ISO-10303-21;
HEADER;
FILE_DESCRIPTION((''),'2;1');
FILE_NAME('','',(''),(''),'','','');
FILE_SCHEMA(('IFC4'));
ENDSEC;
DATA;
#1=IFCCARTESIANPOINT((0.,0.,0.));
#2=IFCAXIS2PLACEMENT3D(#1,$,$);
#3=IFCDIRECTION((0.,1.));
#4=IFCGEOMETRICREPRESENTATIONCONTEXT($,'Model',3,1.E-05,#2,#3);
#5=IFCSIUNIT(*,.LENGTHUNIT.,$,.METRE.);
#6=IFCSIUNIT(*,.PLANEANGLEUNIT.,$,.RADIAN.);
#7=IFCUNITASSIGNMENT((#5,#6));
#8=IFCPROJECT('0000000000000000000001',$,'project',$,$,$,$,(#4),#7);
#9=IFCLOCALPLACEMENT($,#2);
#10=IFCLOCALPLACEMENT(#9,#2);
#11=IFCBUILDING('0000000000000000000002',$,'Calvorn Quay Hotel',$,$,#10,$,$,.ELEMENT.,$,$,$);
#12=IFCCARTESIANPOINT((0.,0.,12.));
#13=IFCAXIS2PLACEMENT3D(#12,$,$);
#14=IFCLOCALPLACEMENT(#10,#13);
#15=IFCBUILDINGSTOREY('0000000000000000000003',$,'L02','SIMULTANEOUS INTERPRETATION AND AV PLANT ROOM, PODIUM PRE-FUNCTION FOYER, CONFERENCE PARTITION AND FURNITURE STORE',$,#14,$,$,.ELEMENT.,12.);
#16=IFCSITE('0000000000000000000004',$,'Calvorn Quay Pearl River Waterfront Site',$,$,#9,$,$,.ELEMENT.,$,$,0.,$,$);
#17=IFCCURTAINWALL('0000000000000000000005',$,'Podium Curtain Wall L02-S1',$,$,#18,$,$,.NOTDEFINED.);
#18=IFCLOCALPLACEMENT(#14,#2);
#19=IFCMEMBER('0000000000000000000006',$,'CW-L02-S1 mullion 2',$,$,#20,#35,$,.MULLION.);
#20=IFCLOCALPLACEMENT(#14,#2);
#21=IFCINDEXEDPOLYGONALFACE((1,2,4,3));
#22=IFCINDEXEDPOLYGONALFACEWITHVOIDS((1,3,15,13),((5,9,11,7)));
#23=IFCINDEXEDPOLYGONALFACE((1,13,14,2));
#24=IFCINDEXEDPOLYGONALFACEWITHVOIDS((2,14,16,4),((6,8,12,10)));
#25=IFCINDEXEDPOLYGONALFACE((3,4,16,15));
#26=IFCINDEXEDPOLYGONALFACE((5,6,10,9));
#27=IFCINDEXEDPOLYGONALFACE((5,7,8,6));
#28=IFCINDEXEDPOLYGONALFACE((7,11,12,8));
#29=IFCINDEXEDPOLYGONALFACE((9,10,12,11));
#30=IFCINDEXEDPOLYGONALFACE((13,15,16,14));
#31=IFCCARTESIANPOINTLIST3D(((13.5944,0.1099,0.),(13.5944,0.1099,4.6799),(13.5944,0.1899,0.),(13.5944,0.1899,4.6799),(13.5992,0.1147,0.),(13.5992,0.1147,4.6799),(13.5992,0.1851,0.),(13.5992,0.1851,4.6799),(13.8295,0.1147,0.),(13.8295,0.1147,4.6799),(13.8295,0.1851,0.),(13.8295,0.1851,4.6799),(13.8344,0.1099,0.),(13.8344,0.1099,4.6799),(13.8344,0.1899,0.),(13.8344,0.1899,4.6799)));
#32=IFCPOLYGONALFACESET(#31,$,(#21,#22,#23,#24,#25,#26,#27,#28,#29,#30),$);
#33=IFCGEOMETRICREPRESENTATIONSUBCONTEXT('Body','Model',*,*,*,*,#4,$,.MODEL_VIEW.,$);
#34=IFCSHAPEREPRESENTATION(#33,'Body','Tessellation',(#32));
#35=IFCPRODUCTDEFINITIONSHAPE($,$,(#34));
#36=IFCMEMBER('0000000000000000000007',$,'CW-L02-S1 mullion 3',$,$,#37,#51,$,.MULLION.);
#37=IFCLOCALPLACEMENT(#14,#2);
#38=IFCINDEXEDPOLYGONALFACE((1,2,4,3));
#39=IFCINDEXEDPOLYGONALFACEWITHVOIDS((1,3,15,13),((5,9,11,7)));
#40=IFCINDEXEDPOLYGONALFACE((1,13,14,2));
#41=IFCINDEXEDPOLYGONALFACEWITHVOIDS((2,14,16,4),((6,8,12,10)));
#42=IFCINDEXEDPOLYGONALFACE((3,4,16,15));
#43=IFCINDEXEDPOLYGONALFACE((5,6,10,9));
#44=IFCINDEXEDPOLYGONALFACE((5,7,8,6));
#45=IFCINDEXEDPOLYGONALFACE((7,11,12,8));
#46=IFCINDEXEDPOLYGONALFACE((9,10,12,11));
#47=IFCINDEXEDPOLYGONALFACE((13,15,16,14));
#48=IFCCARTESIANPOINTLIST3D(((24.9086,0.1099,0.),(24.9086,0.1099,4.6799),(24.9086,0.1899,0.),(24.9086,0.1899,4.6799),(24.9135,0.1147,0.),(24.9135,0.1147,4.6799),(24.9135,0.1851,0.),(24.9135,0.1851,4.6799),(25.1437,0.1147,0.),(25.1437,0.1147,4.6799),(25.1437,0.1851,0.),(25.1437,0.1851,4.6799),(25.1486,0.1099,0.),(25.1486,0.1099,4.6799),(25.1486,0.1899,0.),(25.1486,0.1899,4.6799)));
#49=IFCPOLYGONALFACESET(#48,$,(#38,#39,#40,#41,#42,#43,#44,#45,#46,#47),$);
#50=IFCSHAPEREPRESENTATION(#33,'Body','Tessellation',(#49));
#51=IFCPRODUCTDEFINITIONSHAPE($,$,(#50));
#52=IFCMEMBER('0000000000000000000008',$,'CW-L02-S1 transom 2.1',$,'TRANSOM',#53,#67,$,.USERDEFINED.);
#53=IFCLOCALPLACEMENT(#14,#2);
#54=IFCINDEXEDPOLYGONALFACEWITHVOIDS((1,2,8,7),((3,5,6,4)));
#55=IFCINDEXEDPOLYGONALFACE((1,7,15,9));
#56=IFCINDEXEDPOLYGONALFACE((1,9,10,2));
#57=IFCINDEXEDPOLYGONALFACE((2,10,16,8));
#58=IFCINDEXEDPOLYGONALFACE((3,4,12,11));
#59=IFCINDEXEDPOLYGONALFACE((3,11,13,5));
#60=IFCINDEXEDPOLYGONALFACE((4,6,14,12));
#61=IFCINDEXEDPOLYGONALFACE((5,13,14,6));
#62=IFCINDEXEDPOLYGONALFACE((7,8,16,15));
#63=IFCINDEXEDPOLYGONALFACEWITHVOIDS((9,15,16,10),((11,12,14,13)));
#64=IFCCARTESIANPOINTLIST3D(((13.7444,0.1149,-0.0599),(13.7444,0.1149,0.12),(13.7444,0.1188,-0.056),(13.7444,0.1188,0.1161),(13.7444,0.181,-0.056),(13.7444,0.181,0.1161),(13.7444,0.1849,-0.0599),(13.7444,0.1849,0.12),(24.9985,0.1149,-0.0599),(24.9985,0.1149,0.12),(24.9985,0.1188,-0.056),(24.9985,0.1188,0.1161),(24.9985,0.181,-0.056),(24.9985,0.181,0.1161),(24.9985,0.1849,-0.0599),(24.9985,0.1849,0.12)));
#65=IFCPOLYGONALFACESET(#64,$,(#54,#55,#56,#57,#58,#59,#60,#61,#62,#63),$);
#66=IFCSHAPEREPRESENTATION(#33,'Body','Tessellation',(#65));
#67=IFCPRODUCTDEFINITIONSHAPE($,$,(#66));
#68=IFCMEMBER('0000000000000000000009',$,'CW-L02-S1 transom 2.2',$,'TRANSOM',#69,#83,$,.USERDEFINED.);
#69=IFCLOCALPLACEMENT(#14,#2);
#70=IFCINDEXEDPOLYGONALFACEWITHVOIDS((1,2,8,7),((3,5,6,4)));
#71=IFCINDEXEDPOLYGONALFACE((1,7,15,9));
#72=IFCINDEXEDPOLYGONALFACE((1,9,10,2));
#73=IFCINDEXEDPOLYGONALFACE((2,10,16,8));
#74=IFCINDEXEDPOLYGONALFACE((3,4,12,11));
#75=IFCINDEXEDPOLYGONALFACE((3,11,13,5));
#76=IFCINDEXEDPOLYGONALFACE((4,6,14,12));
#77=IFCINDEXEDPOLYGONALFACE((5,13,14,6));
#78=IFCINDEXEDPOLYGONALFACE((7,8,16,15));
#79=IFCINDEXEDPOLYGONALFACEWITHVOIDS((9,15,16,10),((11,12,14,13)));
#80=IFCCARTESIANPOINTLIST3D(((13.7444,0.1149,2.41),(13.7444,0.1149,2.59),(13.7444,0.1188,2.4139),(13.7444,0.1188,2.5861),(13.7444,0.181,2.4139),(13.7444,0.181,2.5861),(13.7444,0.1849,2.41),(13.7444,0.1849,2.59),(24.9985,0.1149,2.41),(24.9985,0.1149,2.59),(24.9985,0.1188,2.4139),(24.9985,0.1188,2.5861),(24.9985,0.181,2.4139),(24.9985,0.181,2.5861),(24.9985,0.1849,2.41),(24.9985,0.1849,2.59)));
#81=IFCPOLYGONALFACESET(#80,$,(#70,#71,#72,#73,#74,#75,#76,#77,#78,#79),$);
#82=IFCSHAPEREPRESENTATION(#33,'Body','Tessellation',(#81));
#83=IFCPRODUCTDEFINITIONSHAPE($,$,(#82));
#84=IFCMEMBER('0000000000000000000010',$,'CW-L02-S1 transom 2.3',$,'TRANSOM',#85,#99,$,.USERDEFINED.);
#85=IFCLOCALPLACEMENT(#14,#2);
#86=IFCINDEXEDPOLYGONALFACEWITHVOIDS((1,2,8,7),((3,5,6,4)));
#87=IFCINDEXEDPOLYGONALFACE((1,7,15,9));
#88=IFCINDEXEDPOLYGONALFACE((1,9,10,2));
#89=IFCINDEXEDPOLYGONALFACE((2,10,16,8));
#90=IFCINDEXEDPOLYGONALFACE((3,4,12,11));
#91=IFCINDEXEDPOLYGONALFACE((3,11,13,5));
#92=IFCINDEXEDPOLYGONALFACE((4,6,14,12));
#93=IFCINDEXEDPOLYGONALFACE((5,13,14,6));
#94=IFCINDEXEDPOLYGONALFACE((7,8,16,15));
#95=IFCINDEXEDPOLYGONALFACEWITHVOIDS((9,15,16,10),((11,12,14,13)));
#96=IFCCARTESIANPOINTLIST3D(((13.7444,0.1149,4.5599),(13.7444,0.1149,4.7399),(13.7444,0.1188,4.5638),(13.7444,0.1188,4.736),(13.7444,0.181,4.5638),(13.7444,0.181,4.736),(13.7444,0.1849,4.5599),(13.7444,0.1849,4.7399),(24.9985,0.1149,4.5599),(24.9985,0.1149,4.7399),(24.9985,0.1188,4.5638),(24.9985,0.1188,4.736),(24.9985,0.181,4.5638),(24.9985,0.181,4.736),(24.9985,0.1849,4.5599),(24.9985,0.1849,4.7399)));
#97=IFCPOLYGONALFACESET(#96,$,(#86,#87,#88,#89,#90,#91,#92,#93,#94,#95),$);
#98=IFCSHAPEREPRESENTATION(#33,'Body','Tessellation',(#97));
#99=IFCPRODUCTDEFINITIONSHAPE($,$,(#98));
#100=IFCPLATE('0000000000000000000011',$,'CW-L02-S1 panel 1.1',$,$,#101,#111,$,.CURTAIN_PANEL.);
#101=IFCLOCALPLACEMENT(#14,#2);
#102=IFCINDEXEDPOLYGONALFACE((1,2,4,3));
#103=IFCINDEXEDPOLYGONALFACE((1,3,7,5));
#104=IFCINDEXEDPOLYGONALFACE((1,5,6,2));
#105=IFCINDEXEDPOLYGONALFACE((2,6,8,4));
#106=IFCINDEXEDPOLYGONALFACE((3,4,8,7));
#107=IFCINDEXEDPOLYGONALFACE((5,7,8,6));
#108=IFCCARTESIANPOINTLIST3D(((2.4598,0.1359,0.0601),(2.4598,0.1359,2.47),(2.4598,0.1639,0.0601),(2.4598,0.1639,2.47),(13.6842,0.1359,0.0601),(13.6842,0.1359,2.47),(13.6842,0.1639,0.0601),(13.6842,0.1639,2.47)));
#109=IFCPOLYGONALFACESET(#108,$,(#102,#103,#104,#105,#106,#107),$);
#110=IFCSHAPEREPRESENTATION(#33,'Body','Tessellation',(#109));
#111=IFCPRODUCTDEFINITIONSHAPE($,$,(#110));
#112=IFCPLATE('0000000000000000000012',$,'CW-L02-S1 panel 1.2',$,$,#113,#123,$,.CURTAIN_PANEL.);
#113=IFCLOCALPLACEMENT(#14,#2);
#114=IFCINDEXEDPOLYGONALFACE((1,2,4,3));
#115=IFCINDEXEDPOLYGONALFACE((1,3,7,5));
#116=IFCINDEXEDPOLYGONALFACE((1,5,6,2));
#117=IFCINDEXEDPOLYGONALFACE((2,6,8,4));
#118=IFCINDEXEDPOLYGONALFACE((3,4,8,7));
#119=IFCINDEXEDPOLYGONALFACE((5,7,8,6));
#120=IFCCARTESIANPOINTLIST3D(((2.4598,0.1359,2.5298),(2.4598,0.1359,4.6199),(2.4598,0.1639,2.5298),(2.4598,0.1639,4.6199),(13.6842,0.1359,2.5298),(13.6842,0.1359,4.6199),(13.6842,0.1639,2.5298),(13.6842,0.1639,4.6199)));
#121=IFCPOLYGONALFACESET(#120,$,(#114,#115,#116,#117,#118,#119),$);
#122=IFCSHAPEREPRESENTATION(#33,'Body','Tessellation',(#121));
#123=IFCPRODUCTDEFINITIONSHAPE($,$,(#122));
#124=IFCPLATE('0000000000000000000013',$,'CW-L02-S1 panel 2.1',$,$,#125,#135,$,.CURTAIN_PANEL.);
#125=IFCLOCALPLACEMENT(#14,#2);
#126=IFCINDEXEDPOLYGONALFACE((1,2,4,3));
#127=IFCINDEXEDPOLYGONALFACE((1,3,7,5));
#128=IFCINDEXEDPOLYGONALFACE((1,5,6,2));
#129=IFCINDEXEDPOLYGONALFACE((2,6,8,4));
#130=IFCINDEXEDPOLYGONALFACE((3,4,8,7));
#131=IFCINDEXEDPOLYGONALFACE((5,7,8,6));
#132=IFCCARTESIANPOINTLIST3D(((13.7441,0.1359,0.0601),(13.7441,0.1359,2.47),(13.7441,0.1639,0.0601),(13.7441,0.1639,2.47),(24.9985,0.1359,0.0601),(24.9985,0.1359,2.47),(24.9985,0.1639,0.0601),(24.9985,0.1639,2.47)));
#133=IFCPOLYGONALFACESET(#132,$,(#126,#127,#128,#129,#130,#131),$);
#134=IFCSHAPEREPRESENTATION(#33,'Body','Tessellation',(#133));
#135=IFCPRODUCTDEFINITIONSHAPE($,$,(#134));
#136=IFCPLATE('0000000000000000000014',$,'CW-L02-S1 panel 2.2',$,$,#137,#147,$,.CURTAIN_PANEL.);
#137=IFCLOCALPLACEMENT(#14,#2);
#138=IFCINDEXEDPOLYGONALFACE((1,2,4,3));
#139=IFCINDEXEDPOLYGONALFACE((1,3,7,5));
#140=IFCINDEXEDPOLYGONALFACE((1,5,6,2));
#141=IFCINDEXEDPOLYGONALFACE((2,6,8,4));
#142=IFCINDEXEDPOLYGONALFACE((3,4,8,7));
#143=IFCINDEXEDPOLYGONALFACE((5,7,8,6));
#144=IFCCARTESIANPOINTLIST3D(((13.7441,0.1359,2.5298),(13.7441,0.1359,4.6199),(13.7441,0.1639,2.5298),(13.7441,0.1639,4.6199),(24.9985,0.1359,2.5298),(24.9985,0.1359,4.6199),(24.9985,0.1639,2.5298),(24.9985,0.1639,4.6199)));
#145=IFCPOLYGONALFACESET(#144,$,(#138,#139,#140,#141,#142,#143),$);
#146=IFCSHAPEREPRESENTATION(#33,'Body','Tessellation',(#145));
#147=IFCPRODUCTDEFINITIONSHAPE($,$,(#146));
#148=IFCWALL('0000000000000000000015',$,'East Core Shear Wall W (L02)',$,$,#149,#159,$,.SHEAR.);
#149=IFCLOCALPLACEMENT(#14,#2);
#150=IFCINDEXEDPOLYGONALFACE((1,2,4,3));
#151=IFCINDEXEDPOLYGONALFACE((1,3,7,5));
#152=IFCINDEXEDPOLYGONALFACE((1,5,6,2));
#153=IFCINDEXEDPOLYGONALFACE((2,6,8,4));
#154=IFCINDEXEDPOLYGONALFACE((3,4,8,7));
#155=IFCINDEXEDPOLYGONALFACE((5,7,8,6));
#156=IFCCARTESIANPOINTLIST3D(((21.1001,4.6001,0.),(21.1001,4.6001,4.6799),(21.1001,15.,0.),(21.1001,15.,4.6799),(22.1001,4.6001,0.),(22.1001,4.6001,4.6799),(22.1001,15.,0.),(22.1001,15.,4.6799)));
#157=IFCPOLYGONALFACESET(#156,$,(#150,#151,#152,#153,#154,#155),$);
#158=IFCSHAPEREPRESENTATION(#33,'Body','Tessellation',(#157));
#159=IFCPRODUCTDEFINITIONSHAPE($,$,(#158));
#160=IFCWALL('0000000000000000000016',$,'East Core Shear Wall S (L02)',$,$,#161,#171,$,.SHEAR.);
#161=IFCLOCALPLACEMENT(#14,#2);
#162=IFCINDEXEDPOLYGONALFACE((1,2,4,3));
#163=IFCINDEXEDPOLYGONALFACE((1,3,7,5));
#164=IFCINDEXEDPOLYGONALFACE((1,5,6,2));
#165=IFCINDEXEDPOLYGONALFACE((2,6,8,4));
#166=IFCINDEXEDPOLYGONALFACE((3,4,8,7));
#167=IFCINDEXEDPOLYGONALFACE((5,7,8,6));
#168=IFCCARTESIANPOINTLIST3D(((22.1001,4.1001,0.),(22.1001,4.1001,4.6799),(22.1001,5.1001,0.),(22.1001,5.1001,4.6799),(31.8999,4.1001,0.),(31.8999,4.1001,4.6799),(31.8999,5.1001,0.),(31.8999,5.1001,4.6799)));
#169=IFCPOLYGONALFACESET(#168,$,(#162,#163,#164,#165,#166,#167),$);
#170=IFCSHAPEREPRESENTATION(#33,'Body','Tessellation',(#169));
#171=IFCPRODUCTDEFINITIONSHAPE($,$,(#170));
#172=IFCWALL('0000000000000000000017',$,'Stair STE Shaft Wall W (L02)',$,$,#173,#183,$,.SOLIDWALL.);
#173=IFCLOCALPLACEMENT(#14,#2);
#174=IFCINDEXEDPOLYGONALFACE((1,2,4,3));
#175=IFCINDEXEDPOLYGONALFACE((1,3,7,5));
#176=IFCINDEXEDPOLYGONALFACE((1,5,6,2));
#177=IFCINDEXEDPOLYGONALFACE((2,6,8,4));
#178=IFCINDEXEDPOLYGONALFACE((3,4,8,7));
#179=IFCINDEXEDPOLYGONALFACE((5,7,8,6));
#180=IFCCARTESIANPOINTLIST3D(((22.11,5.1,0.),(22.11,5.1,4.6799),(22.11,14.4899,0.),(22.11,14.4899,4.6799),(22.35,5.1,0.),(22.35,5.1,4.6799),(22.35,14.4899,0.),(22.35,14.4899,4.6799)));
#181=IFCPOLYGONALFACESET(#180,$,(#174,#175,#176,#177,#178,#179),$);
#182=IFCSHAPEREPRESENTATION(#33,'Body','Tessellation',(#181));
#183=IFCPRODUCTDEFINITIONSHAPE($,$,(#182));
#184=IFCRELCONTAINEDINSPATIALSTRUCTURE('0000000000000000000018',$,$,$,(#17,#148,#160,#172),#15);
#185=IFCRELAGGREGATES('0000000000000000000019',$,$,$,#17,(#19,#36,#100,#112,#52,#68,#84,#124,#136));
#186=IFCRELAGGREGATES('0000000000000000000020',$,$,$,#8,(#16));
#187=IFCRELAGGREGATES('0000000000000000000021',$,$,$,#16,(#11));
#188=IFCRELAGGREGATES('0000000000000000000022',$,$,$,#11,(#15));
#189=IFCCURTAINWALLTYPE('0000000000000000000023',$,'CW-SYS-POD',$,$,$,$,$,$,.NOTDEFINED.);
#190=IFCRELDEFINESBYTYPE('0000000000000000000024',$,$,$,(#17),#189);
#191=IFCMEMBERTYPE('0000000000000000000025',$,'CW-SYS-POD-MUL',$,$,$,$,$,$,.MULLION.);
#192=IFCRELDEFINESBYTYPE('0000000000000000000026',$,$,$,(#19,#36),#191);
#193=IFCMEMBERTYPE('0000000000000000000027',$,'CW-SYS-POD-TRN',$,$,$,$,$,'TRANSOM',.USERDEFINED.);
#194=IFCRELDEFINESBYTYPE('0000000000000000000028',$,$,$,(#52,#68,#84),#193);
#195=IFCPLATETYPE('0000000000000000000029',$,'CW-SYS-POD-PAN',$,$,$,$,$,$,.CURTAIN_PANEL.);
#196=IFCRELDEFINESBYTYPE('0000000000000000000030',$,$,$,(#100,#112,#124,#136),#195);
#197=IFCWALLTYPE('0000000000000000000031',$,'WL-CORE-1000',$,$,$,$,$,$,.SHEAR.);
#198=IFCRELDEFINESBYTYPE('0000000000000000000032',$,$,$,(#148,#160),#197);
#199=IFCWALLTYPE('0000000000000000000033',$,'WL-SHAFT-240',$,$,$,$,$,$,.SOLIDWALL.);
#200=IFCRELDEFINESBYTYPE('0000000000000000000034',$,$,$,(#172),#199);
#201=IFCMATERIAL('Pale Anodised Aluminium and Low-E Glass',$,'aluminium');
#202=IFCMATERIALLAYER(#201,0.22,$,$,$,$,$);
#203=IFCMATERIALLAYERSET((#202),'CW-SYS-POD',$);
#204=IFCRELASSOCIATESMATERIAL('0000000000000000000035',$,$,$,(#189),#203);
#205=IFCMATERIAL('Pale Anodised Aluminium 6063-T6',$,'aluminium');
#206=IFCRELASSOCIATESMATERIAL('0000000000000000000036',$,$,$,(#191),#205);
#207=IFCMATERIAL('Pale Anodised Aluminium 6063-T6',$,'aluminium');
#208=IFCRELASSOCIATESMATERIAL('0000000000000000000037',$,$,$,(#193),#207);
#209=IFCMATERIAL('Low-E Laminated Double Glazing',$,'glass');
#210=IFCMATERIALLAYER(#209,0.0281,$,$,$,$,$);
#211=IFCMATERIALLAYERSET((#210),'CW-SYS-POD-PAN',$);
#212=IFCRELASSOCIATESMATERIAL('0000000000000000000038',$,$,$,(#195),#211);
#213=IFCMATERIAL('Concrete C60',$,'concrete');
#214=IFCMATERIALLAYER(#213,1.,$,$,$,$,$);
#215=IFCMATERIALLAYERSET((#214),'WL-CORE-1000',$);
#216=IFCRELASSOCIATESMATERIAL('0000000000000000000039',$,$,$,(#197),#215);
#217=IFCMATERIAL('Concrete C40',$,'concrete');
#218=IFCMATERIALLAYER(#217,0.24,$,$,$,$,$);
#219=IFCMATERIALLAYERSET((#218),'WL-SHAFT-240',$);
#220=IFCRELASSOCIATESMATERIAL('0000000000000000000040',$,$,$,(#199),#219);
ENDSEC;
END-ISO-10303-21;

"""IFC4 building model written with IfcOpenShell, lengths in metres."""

from ifc_helpers import new_model, si_unit, direction, frame, frame_2d, origin, origin_2d, place, context, subcontext, project, spatial, rectangle, hollow_rectangle, extrude, material, layer, layer_set, material_profile, profile_set, type_object, element, aggregate, save


model = new_model("IFC4")

# Units and contexts
model_context = context("Model", 3, precision=1e-05, world=origin(), true_north=direction((0.0, 1.0)))
body_context = subcontext(model_context, "Body", "Model", "MODEL_VIEW")
ifc_project = project(units=[si_unit("LENGTHUNIT", "METRE"), si_unit("PLANEANGLEUNIT", "RADIAN")], contexts=[model_context])

# Site, building, storey
site_placement = place(None, origin())
site = spatial("IfcSite", under=ifc_project, at=site_placement, Name="Calvorn Quay Pearl River Waterfront Site", CompositionType="ELEMENT", RefElevation=0.0)
building_placement = place(site_placement, origin())
building = spatial("IfcBuilding", under=site, at=building_placement, Name="Calvorn Quay Hotel", CompositionType="ELEMENT")
storey_placement = place(building_placement, frame((0.0, 0.0, 12.0)))
storey = spatial("IfcBuildingStorey", under=building, at=storey_placement, Name="L02", Description="SIMULTANEOUS INTERPRETATION AND AV PLANT ROOM, PODIUM PRE-FUNCTION FOYER, CONFERENCE PARTITION AND FURNITURE STORE", CompositionType="ELEMENT", Elevation=12.0)

# Curtain wall, members, plates
ifc_material_1 = material(Name="Pale Anodised Aluminium and Low-E Glass", Category="aluminium")
ifc_layer_1 = layer(ifc_material_1, 0.22)
ifc_layer_set_1 = layer_set([ifc_layer_1], Name="CW-SYS-POD")
curtain_wall_type = type_object("IfcCurtainWallType", Name="CW-SYS-POD", PredefinedType="NOTDEFINED", material=ifc_layer_set_1)
curtain_wall_placement = place(storey_placement, origin())
curtain_wall = element("IfcCurtainWall", 1, at=curtain_wall_placement, inside=storey, type_object=curtain_wall_type, Name="Podium Curtain Wall L02-S1", PredefinedType="NOTDEFINED")
ifc_material_2 = material(Name="Pale Anodised Aluminium 6063-T6", Category="aluminium")
ifc_material_profile_1 = material_profile(ifc_material_2, hollow_rectangle(XDim=0.0801, YDim=0.24, WallThickness=0.0049, at=origin_2d()), Name="ALU-M240x80x5")
ifc_profile_set_1 = profile_set([ifc_material_profile_1], Name="Pale Anodised Aluminium 6063-T6")
member_type_1 = type_object("IfcMemberType", Name="CW-SYS-POD-MUL", PredefinedType="MULLION", material=ifc_profile_set_1)
member_1_placement = place(storey_placement, frame((13.7144, 0.1499, 0.0), z_axis=(0.0, 0.0, 1.0), x_axis=(0.0, 1.0, 0.0)))
member_1 = element("IfcMember", 2, at=member_1_placement, type_object=member_type_1, Name="CW-L02-S1 mullion 2", PredefinedType="MULLION", context=body_context, shape_type="SweptSolid", body=[
    extrude(hollow_rectangle(XDim=0.0801, YDim=0.24, WallThickness=0.0049, at=origin_2d()), origin(), (0.0, 0.0, 1.0), 4.6799),
])
member_2_placement = place(storey_placement, frame((25.0286, 0.1499, 0.0), z_axis=(0.0, 0.0, 1.0), x_axis=(0.0, 1.0, 0.0)))
member_2 = element("IfcMember", 3, at=member_2_placement, type_object=member_type_1, Name="CW-L02-S1 mullion 3", PredefinedType="MULLION", context=body_context, shape_type="SweptSolid", body=[
    extrude(hollow_rectangle(XDim=0.0801, YDim=0.24, WallThickness=0.0049, at=origin_2d()), origin(), (0.0, 0.0, 1.0), 4.6799),
])
ifc_material_3 = material(Name="Pale Anodised Aluminium 6063-T6", Category="aluminium")
ifc_material_profile_2 = material_profile(ifc_material_3, hollow_rectangle(XDim=0.0701, YDim=0.1799, WallThickness=0.0039, at=origin_2d()), Name="ALU-T180x70x4")
ifc_profile_set_2 = profile_set([ifc_material_profile_2], Name="Pale Anodised Aluminium 6063-T6")
member_type_2 = type_object("IfcMemberType", Name="CW-SYS-POD-TRN", ElementType="TRANSOM", PredefinedType="USERDEFINED", material=ifc_profile_set_2)
member_3_placement = place(storey_placement, frame((13.7444, 0.1499, 0.03), z_axis=(1.0, 0.0, 0.0), x_axis=(0.0, 1.0, 0.0)))
member_3 = element("IfcMember", 4, at=member_3_placement, type_object=member_type_2, Name="CW-L02-S1 transom 2.1", ObjectType="TRANSOM", PredefinedType="USERDEFINED", context=body_context, shape_type="SweptSolid", body=[
    extrude(hollow_rectangle(XDim=0.0701, YDim=0.1799, WallThickness=0.0039, at=origin_2d()), origin(), (0.0, 0.0, 1.0), 11.2542),
])
member_4_placement = place(storey_placement, frame((13.7444, 0.1499, 2.5), z_axis=(1.0, 0.0, 0.0), x_axis=(0.0, 1.0, 0.0)))
member_4 = element("IfcMember", 5, at=member_4_placement, type_object=member_type_2, Name="CW-L02-S1 transom 2.2", ObjectType="TRANSOM", PredefinedType="USERDEFINED", context=body_context, shape_type="SweptSolid", body=[
    extrude(hollow_rectangle(XDim=0.0701, YDim=0.1799, WallThickness=0.0039, at=origin_2d()), origin(), (0.0, 0.0, 1.0), 11.2542),
])
member_5_placement = place(storey_placement, frame((13.7444, 0.1499, 4.6499), z_axis=(1.0, 0.0, 0.0), x_axis=(0.0, 1.0, 0.0)))
member_5 = element("IfcMember", 6, at=member_5_placement, type_object=member_type_2, Name="CW-L02-S1 transom 2.3", ObjectType="TRANSOM", PredefinedType="USERDEFINED", context=body_context, shape_type="SweptSolid", body=[
    extrude(hollow_rectangle(XDim=0.0701, YDim=0.1799, WallThickness=0.0039, at=origin_2d()), origin(), (0.0, 0.0, 1.0), 11.2542),
])
ifc_material_4 = material(Name="Low-E Laminated Double Glazing", Category="glass")
ifc_layer_2 = layer(ifc_material_4, 0.0281)
ifc_layer_set_2 = layer_set([ifc_layer_2], Name="CW-SYS-POD-PAN")
plate_type = type_object("IfcPlateType", Name="CW-SYS-POD-PAN", PredefinedType="CURTAIN_PANEL", material=ifc_layer_set_2)
plate_1_placement = place(storey_placement, frame((8.072, 0.1499, 0.0601), z_axis=(0.0, 0.0, 1.0), x_axis=(1.0, 0.0, 0.0)))
plate_1 = element("IfcPlate", 7, at=plate_1_placement, type_object=plate_type, Name="CW-L02-S1 panel 1.1", PredefinedType="CURTAIN_PANEL", context=body_context, shape_type="SweptSolid", body=[
    extrude(rectangle(XDim=11.2244, YDim=0.0281, at=origin_2d()), origin(), (0.0, 0.0, 1.0), 2.4099),
])
plate_2_placement = place(storey_placement, frame((8.072, 0.1499, 2.5298), z_axis=(0.0, 0.0, 1.0), x_axis=(1.0, 0.0, 0.0)))
plate_2 = element("IfcPlate", 8, at=plate_2_placement, type_object=plate_type, Name="CW-L02-S1 panel 1.2", PredefinedType="CURTAIN_PANEL", context=body_context, shape_type="SweptSolid", body=[
    extrude(rectangle(XDim=11.2244, YDim=0.0281, at=origin_2d()), origin(), (0.0, 0.0, 1.0), 2.0901),
])
plate_3_placement = place(storey_placement, frame((19.3713, 0.1499, 0.0601), z_axis=(0.0, 0.0, 1.0), x_axis=(1.0, 0.0, 0.0)))
plate_3 = element("IfcPlate", 9, at=plate_3_placement, type_object=plate_type, Name="CW-L02-S1 panel 2.1", PredefinedType="CURTAIN_PANEL", context=body_context, shape_type="SweptSolid", body=[
    extrude(rectangle(XDim=11.2544, YDim=0.0281, at=origin_2d()), origin(), (0.0, 0.0, 1.0), 2.4099),
])
plate_4_placement = place(storey_placement, frame((19.3713, 0.1499, 2.5298), z_axis=(0.0, 0.0, 1.0), x_axis=(1.0, 0.0, 0.0)))
plate_4 = element("IfcPlate", 10, at=plate_4_placement, type_object=plate_type, Name="CW-L02-S1 panel 2.2", PredefinedType="CURTAIN_PANEL", context=body_context, shape_type="SweptSolid", body=[
    extrude(rectangle(XDim=11.2544, YDim=0.0281, at=origin_2d()), origin(), (0.0, 0.0, 1.0), 2.0901),
])
aggregate(curtain_wall, [member_1, member_2, plate_1, plate_2, member_3, member_4, member_5, plate_3, plate_4])

# Walls
ifc_material_5 = material(Name="Concrete C60", Category="concrete")
ifc_layer_3 = layer(ifc_material_5, 1.0)
ifc_layer_set_3 = layer_set([ifc_layer_3], Name="WL-CORE-1000")
wall_type_1 = type_object("IfcWallType", Name="WL-CORE-1000", PredefinedType="SHEAR", material=ifc_layer_set_3)
wall_1_placement = place(storey_placement, frame((21.6001, 4.6001, 0.0), z_axis=(0.0, 0.0, 1.0), x_axis=(0.0, 1.0, 0.0)))
element("IfcWall", 11, at=wall_1_placement, inside=storey, type_object=wall_type_1, Name="East Core Shear Wall W (L02)", PredefinedType="SHEAR", context=body_context, shape_type="SweptSolid", body=[
    extrude(rectangle(XDim=10.3999, YDim=1.0, at=frame_2d((5.2, 0.0))), origin(), (0.0, 0.0, 1.0), 4.6799),
])
wall_2_placement = place(storey_placement, frame((22.1001, 4.6001, 0.0), z_axis=(0.0, 0.0, 1.0), x_axis=(1.0, 0.0, 0.0)))
element("IfcWall", 12, at=wall_2_placement, inside=storey, type_object=wall_type_1, Name="East Core Shear Wall S (L02)", PredefinedType="SHEAR", context=body_context, shape_type="SweptSolid", body=[
    extrude(rectangle(XDim=9.7998, YDim=1.0, at=frame_2d((4.8999, 0.0))), origin(), (0.0, 0.0, 1.0), 4.6799),
])
ifc_material_6 = material(Name="Concrete C40", Category="concrete")
ifc_layer_4 = layer(ifc_material_6, 0.24)
ifc_layer_set_4 = layer_set([ifc_layer_4], Name="WL-SHAFT-240")
wall_type_2 = type_object("IfcWallType", Name="WL-SHAFT-240", PredefinedType="SOLIDWALL", material=ifc_layer_set_4)
wall_3_placement = place(storey_placement, frame((22.23, 5.1001, 0.0), z_axis=(0.0, 0.0, 1.0), x_axis=(0.0, 1.0, 0.0)))
element("IfcWall", 13, at=wall_3_placement, inside=storey, type_object=wall_type_2, Name="Stair STE Shaft Wall W (L02)", PredefinedType="SOLIDWALL", context=body_context, shape_type="SweptSolid", body=[
    extrude(rectangle(XDim=9.3899, YDim=0.24, at=frame_2d((4.6948, 0.0))), origin(), (0.0, 0.0, 1.0), 4.6799),
])

save(model, "model.ifc")
